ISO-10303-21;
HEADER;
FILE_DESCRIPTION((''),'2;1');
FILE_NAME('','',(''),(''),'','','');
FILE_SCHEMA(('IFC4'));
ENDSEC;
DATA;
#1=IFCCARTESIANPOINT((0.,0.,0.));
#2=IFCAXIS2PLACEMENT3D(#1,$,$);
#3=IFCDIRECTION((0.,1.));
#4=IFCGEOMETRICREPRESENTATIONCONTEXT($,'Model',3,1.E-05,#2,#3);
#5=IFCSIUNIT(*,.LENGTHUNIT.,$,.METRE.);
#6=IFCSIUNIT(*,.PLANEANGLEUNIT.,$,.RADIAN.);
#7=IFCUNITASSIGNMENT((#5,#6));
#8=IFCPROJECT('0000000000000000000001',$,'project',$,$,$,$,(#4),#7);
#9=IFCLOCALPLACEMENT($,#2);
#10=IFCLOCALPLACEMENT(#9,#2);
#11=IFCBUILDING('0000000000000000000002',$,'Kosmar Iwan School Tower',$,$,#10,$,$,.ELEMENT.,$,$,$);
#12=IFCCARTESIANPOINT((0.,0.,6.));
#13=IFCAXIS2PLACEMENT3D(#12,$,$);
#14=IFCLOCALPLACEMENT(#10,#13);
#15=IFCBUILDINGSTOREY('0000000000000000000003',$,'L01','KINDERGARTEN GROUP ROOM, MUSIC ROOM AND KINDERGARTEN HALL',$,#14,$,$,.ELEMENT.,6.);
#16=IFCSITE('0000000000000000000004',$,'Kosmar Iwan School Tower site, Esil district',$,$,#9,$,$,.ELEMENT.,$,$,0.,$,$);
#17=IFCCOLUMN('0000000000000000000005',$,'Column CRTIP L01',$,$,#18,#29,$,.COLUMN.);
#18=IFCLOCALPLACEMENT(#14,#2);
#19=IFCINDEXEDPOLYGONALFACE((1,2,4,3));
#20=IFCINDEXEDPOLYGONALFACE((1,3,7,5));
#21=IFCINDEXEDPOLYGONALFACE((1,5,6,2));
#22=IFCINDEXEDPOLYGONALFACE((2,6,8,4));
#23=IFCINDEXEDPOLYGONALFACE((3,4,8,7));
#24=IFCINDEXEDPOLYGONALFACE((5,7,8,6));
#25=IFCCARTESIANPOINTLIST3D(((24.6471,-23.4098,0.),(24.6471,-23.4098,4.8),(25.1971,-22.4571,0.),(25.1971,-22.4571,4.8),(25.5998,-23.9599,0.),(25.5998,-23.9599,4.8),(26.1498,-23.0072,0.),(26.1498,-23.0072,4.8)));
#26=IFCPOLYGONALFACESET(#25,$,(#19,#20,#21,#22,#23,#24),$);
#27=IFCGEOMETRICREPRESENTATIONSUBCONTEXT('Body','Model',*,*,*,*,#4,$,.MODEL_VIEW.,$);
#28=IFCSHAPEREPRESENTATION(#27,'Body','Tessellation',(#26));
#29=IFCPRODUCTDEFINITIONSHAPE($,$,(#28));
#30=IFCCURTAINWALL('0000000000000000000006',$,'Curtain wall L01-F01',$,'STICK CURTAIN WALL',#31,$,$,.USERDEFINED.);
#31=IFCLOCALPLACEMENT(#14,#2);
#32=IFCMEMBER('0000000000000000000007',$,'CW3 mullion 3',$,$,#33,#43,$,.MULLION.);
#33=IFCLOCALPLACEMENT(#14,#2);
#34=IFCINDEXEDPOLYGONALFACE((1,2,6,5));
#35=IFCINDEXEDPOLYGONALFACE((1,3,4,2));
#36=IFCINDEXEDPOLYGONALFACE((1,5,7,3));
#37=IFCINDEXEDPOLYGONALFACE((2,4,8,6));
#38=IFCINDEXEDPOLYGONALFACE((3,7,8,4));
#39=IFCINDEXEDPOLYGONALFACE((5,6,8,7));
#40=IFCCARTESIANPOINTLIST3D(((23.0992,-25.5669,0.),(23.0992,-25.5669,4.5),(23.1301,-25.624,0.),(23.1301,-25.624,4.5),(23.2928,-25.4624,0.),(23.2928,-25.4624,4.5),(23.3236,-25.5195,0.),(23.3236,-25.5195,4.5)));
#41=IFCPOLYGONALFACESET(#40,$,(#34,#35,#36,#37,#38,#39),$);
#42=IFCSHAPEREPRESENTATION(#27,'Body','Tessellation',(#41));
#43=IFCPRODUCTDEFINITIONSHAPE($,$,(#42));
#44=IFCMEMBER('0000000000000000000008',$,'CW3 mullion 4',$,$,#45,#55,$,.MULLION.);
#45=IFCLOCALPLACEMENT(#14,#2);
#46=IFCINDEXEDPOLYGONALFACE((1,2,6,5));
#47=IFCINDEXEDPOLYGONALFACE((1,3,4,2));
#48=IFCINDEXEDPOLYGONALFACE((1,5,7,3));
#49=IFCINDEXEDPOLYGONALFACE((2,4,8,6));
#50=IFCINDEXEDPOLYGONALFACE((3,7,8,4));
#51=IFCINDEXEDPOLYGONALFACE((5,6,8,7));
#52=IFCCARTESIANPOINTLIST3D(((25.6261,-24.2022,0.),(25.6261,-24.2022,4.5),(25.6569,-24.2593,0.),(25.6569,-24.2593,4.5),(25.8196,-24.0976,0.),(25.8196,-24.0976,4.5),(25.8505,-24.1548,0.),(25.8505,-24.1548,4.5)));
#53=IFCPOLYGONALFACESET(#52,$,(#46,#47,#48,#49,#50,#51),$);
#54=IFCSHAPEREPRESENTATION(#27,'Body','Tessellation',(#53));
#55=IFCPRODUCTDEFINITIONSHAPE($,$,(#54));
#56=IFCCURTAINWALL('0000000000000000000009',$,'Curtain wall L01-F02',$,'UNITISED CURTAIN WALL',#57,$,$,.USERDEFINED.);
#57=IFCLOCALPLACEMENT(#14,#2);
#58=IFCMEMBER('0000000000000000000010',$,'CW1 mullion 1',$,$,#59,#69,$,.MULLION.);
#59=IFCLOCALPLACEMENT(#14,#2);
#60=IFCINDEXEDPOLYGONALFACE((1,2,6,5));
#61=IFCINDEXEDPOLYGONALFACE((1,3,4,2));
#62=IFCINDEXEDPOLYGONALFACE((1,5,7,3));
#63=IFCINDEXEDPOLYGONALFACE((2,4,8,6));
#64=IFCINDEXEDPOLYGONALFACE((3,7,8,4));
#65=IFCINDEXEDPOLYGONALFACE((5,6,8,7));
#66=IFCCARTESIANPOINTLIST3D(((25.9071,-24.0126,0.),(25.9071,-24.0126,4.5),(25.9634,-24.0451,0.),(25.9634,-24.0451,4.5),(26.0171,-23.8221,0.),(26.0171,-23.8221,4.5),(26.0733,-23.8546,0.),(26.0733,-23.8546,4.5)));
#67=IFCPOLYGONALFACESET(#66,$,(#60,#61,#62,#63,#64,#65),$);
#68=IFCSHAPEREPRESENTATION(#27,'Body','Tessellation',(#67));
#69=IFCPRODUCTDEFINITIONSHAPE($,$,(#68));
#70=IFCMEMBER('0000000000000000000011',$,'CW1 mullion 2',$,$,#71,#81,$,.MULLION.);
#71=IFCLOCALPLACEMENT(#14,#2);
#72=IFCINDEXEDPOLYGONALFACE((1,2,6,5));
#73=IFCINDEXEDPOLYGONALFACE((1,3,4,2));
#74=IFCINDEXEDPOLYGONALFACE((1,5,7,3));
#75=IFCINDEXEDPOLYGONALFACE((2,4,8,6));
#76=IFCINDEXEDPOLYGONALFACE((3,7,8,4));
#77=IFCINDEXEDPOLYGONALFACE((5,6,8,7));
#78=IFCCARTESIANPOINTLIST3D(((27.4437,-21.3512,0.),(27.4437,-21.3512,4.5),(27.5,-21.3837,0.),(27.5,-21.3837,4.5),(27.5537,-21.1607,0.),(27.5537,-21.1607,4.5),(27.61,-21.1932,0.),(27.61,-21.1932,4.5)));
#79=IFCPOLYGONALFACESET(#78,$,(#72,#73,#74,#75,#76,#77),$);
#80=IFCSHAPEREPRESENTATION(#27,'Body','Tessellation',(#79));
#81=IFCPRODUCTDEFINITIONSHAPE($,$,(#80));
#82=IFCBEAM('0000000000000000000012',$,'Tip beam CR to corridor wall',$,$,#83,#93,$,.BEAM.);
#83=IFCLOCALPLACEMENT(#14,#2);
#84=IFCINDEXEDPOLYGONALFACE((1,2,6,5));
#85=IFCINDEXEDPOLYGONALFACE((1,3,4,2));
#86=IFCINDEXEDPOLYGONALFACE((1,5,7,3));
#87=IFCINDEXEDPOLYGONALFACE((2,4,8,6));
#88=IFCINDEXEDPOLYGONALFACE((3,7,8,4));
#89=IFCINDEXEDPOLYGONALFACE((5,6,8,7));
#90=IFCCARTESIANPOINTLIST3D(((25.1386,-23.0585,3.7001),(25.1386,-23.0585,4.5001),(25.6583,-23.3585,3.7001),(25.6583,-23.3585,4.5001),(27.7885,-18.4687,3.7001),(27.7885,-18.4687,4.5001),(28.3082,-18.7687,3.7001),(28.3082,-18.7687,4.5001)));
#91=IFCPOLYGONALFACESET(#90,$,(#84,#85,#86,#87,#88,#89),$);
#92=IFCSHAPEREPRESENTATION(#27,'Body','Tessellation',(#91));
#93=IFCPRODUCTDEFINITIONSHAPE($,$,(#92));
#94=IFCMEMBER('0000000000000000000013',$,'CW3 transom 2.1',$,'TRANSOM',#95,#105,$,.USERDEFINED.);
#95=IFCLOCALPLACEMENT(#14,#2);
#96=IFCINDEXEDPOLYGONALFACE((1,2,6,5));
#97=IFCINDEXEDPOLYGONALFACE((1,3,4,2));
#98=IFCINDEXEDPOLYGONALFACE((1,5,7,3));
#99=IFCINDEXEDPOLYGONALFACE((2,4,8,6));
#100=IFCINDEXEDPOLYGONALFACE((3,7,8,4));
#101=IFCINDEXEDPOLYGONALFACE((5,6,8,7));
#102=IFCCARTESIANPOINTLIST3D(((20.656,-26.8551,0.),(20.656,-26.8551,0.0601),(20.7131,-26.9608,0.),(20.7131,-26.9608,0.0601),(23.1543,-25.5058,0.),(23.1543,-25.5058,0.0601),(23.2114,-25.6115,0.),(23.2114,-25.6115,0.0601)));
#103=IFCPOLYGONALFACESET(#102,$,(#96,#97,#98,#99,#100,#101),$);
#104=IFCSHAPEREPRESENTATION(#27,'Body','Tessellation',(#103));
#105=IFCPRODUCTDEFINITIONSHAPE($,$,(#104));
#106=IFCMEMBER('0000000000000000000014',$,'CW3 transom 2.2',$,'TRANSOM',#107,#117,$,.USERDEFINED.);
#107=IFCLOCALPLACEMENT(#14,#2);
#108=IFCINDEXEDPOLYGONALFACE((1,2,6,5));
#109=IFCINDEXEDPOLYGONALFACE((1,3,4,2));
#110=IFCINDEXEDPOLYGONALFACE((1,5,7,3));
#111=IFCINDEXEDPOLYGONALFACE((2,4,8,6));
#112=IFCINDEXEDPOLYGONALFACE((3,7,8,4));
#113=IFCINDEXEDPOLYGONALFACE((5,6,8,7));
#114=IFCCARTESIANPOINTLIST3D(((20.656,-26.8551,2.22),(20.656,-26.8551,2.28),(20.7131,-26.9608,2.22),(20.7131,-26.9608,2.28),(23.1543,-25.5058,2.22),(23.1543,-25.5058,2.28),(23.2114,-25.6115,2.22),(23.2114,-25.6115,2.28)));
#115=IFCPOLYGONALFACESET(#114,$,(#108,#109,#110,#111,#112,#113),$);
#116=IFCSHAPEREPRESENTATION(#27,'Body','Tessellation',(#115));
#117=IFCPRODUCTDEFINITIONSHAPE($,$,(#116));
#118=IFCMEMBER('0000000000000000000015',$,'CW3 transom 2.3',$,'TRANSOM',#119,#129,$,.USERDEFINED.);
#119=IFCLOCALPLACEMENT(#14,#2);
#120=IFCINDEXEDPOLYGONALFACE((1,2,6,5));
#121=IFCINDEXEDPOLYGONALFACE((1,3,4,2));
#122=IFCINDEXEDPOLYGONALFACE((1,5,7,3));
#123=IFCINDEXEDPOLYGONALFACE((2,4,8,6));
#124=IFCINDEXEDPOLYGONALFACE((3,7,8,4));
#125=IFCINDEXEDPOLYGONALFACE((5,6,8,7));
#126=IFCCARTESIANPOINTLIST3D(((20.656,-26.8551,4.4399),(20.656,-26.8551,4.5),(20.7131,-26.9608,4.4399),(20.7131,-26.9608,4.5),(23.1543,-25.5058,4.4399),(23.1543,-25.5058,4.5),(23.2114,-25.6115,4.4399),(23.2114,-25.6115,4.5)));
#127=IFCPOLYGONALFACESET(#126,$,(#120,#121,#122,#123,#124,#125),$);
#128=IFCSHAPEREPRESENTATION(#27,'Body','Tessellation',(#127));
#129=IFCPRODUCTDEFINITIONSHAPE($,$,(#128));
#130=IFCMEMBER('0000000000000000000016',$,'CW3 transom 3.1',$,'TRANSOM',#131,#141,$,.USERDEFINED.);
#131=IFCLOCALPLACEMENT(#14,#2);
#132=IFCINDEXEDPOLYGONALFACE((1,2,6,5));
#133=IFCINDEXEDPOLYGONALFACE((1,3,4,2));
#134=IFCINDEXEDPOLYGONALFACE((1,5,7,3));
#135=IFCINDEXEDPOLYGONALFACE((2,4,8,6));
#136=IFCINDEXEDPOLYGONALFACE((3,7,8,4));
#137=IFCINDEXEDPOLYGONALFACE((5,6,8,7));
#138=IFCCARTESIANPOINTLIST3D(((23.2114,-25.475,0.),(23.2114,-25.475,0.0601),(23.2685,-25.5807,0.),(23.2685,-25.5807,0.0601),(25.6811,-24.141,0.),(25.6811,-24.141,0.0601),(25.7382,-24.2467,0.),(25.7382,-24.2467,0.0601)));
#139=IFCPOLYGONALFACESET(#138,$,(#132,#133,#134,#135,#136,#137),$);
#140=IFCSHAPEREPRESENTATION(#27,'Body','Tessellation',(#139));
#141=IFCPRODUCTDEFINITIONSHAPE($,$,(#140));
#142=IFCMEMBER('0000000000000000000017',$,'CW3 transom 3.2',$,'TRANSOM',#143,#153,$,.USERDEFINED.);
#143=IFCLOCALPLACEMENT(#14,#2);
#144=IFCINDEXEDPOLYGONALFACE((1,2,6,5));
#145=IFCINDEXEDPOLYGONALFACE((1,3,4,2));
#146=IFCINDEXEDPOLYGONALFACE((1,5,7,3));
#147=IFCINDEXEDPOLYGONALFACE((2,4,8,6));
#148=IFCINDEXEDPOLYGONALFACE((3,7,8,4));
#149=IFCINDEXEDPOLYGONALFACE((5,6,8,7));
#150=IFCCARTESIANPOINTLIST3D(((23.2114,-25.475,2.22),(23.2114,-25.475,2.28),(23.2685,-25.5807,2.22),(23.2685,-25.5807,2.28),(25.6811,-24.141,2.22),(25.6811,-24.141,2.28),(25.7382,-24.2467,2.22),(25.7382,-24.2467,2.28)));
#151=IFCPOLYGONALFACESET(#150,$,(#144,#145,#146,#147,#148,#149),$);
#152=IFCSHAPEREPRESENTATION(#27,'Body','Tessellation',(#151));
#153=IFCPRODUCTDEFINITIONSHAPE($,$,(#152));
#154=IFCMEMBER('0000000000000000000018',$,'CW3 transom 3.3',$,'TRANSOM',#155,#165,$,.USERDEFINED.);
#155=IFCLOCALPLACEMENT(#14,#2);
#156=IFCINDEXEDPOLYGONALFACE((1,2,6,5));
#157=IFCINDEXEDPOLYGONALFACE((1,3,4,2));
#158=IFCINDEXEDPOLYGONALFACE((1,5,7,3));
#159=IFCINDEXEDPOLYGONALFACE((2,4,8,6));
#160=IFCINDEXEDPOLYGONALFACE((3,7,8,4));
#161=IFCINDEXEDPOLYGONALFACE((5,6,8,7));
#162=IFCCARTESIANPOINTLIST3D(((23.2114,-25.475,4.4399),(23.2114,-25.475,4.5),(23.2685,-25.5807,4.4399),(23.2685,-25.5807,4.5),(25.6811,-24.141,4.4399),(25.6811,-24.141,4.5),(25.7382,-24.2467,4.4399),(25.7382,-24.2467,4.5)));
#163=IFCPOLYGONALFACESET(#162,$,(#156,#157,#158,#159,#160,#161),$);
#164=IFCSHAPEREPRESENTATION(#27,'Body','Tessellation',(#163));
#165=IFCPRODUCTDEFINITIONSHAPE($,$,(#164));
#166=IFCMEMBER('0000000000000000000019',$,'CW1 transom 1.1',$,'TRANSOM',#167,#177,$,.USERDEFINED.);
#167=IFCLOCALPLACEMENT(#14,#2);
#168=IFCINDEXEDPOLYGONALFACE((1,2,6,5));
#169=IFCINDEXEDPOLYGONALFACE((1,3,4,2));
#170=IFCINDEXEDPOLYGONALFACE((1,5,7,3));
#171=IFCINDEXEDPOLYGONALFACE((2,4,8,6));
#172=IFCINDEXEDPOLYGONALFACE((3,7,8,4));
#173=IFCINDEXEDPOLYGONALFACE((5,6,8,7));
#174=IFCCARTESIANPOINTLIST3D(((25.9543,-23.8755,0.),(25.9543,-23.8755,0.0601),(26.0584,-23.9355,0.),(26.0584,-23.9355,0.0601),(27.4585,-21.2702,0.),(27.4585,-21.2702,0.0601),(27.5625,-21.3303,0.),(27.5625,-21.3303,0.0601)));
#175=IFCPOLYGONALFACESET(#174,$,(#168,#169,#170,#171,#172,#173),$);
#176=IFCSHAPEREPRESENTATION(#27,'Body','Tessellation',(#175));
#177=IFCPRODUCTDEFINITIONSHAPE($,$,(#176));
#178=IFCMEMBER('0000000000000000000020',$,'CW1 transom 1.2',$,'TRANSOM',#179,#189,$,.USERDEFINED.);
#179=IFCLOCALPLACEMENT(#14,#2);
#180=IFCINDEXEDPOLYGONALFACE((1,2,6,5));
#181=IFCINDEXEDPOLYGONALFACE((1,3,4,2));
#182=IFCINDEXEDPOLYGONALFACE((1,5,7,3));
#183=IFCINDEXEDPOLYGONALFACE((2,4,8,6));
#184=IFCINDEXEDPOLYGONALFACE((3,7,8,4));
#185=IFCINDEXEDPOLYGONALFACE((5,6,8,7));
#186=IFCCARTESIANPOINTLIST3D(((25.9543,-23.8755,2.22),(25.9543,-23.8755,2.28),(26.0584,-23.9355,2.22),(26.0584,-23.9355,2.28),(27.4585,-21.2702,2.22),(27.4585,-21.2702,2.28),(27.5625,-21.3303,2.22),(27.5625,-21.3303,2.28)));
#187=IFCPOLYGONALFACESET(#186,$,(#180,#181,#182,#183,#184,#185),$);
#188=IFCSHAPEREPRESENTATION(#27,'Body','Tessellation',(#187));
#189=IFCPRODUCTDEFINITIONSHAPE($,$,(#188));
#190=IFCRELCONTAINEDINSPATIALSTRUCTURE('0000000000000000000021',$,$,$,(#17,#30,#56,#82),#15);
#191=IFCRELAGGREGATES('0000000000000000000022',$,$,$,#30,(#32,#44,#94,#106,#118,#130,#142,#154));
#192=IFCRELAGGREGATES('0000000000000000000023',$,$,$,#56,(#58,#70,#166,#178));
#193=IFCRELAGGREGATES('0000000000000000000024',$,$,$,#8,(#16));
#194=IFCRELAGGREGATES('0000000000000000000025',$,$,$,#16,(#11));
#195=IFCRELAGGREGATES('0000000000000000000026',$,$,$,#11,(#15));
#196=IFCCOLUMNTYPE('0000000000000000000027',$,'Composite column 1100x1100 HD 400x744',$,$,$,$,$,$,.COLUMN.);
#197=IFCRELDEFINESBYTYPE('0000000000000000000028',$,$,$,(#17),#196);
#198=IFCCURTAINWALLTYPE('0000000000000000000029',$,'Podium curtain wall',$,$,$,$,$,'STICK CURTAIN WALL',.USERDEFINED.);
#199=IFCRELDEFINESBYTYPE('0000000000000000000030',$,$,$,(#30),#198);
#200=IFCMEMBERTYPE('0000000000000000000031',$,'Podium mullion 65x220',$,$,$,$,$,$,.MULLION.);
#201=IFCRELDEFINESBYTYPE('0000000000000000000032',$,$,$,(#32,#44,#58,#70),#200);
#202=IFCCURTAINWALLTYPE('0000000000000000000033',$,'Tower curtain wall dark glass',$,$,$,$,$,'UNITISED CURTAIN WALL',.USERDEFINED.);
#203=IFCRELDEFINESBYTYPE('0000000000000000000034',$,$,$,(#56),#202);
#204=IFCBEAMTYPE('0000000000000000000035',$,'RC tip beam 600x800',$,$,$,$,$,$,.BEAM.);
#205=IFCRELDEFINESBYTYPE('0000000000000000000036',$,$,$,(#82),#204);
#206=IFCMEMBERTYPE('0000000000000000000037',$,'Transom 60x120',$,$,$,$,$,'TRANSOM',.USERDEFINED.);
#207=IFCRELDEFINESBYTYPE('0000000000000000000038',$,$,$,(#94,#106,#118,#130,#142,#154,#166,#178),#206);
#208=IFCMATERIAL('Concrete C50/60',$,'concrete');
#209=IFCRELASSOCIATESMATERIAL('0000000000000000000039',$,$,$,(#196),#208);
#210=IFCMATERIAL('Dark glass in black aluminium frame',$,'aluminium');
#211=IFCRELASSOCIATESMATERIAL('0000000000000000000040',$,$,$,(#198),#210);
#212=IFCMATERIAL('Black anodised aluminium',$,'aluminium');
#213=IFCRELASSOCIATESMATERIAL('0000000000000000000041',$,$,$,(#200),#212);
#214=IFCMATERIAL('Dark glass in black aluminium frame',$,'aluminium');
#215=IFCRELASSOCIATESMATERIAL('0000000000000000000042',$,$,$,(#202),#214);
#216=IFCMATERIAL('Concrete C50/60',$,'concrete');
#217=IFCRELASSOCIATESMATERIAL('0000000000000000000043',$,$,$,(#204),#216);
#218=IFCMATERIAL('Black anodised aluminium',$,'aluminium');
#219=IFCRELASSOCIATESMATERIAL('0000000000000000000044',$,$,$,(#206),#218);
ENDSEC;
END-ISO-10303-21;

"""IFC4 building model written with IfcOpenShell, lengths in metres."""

from ifc_helpers import new_model, si_unit, direction, frame, origin, origin_2d, place, context, subcontext, project, spatial, rectangle, extrude, material, material_profile, profile_set, type_object, element, aggregate, save


model = new_model("IFC4")

# Units and contexts
model_context = context("Model", 3, precision=1e-05, world=origin(), true_north=direction((0.0, 1.0)))
body_context = subcontext(model_context, "Body", "Model", "MODEL_VIEW")
ifc_project = project(units=[si_unit("LENGTHUNIT", "METRE"), si_unit("PLANEANGLEUNIT", "RADIAN")], contexts=[model_context])

# Site, building, storey
site_placement = place(None, origin())
site = spatial("IfcSite", under=ifc_project, at=site_placement, Name="Kosmar Iwan School Tower site, Esil district", CompositionType="ELEMENT", RefElevation=0.0)
building_placement = place(site_placement, origin())
building = spatial("IfcBuilding", under=site, at=building_placement, Name="Kosmar Iwan School Tower", CompositionType="ELEMENT")
storey_placement = place(building_placement, frame((0.0, 0.0, 6.0)))
storey = spatial("IfcBuildingStorey", under=building, at=storey_placement, Name="L01", Description="KINDERGARTEN GROUP ROOM, MUSIC ROOM AND KINDERGARTEN HALL", CompositionType="ELEMENT", Elevation=6.0)

# Column
ifc_material_1 = material(Name="Concrete C50/60", Category="concrete")
ifc_material_profile_1 = material_profile(ifc_material_1, rectangle(XDim=1.1001, YDim=1.1001, at=origin_2d()), Name="RC 1100x1100 + HD 400x744")
ifc_profile_set_1 = profile_set([ifc_material_profile_1], Name="Concrete C50/60")
column_type = type_object("IfcColumnType", Name="Composite column 1100x1100 HD 400x744", PredefinedType="COLUMN", material=ifc_profile_set_1)
column_placement = place(storey_placement, frame((25.3984, -23.2085, 0.0), z_axis=(0.0, 0.0, 1.0), x_axis=(0.866025, -0.5, 0.0)))
element("IfcColumn", 1, at=column_placement, inside=storey, type_object=column_type, Name="Column CRTIP L01", PredefinedType="COLUMN", context=body_context, shape_type="SweptSolid", body=[
    extrude(rectangle(XDim=1.1001, YDim=1.1001, at=origin_2d()), origin(), (0.0, 0.0, 1.0), 4.8),
])

# Curtain walls, members
ifc_material_2 = material(Name="Dark glass in black aluminium frame", Category="aluminium")
curtain_wall_type_1 = type_object("IfcCurtainWallType", Name="Podium curtain wall", ElementType="STICK CURTAIN WALL", PredefinedType="USERDEFINED", material=ifc_material_2)
curtain_wall_1_placement = place(storey_placement, origin())
curtain_wall_1 = element("IfcCurtainWall", 2, at=curtain_wall_1_placement, inside=storey, type_object=curtain_wall_type_1, Name="Curtain wall L01-F01", ObjectType="STICK CURTAIN WALL", PredefinedType="USERDEFINED")
ifc_material_3 = material(Name="Black anodised aluminium", Category="aluminium")
ifc_material_profile_2 = material_profile(ifc_material_3, rectangle(XDim=0.0649, YDim=0.22, at=origin_2d()), Name="MULLION 65x220")
ifc_profile_set_2 = profile_set([ifc_material_profile_2], Name="Black anodised aluminium")
member_type_1 = type_object("IfcMemberType", Name="Podium mullion 65x220", PredefinedType="MULLION", material=ifc_profile_set_2)
member_1_placement = place(storey_placement, frame((23.2114, -25.5432, 0.0), z_axis=(0.0, 0.0, 1.0), x_axis=(-0.475215, 0.879869, 0.0)))
member_1 = element("IfcMember", 3, at=member_1_placement, type_object=member_type_1, Name="CW3 mullion 3", PredefinedType="MULLION", context=body_context, shape_type="SweptSolid", body=[
    extrude(rectangle(XDim=0.0649, YDim=0.22, at=origin_2d()), origin(), (0.0, 0.0, 1.0), 4.5),
])
member_2_placement = place(storey_placement, frame((25.7383, -24.1785, 0.0), z_axis=(0.0, 0.0, 1.0), x_axis=(-0.475215, 0.879869, 0.0)))
member_2 = element("IfcMember", 4, at=member_2_placement, type_object=member_type_1, Name="CW3 mullion 4", PredefinedType="MULLION", context=body_context, shape_type="SweptSolid", body=[
    extrude(rectangle(XDim=0.0649, YDim=0.22, at=origin_2d()), origin(), (0.0, 0.0, 1.0), 4.5),
])
ifc_material_4 = material(Name="Dark glass in black aluminium frame", Category="aluminium")
curtain_wall_type_2 = type_object("IfcCurtainWallType", Name="Tower curtain wall dark glass", ElementType="UNITISED CURTAIN WALL", PredefinedType="USERDEFINED", material=ifc_material_4)
curtain_wall_2_placement = place(storey_placement, origin())
curtain_wall_2 = element("IfcCurtainWall", 5, at=curtain_wall_2_placement, inside=storey, type_object=curtain_wall_type_2, Name="Curtain wall L01-F02", ObjectType="UNITISED CURTAIN WALL", PredefinedType="USERDEFINED")
member_3_placement = place(storey_placement, frame((25.9902, -23.9336, 0.0), z_axis=(0.0, 0.0, 1.0), x_axis=(-0.866025, 0.5, 0.0)))
member_3 = element("IfcMember", 6, at=member_3_placement, type_object=member_type_1, Name="CW1 mullion 1", PredefinedType="MULLION", context=body_context, shape_type="SweptSolid", body=[
    extrude(rectangle(XDim=0.0649, YDim=0.22, at=origin_2d()), origin(), (0.0, 0.0, 1.0), 4.5),
])
member_4_placement = place(storey_placement, frame((27.5269, -21.2722, 0.0), z_axis=(0.0, 0.0, 1.0), x_axis=(-0.866025, 0.5, 0.0)))
member_4 = element("IfcMember", 7, at=member_4_placement, type_object=member_type_1, Name="CW1 mullion 2", PredefinedType="MULLION", context=body_context, shape_type="SweptSolid", body=[
    extrude(rectangle(XDim=0.0649, YDim=0.22, at=origin_2d()), origin(), (0.0, 0.0, 1.0), 4.5),
])

# Beam
ifc_material_5 = material(Name="Concrete C50/60", Category="concrete")
ifc_material_profile_3 = material_profile(ifc_material_5, rectangle(XDim=0.6001, YDim=0.8, at=origin_2d()), Name="RC 600x800")
ifc_profile_set_3 = profile_set([ifc_material_profile_3], Name="Concrete C50/60")
beam_type = type_object("IfcBeamType", Name="RC tip beam 600x800", PredefinedType="BEAM", material=ifc_profile_set_3)
beam_placement = place(storey_placement, frame((25.3984, -23.2085, 4.1001), z_axis=(0.499994, 0.866029, 0.0), x_axis=(-0.866029, 0.499994, 0.0)))
element("IfcBeam", 8, at=beam_placement, inside=storey, type_object=beam_type, Name="Tip beam CR to corridor wall", PredefinedType="BEAM", context=body_context, shape_type="SweptSolid", body=[
    extrude(rectangle(XDim=0.6001, YDim=0.8, at=origin_2d()), origin(), (0.0, 0.0, 1.0), 5.2998),
])

# Members
ifc_material_6 = material(Name="Black anodised aluminium", Category="aluminium")
ifc_material_profile_4 = material_profile(ifc_material_6, rectangle(XDim=0.1201, YDim=0.0601, at=origin_2d()), Name="TRANSOM 60x120")
ifc_profile_set_4 = profile_set([ifc_material_profile_4], Name="Black anodised aluminium")
member_type_2 = type_object("IfcMemberType", Name="Transom 60x120", ElementType="TRANSOM", PredefinedType="USERDEFINED", material=ifc_profile_set_4)
member_5_placement = place(storey_placement, frame((20.6846, -26.908, 0.03), z_axis=(0.879863, 0.475227, 0.0), x_axis=(-0.475227, 0.879863, 0.0)))
member_5 = element("IfcMember", 9, at=member_5_placement, type_object=member_type_2, Name="CW3 transom 2.1", ObjectType="TRANSOM", PredefinedType="USERDEFINED", context=body_context, shape_type="SweptSolid", body=[
    extrude(rectangle(XDim=0.1201, YDim=0.0601, at=origin_2d()), origin(), (0.0, 0.0, 1.0), 2.8394),
])
member_6_placement = place(storey_placement, frame((20.6846, -26.908, 2.25), z_axis=(0.879863, 0.475227, 0.0), x_axis=(-0.475227, 0.879863, 0.0)))
member_6 = element("IfcMember", 10, at=member_6_placement, type_object=member_type_2, Name="CW3 transom 2.2", ObjectType="TRANSOM", PredefinedType="USERDEFINED", context=body_context, shape_type="SweptSolid", body=[
    extrude(rectangle(XDim=0.1201, YDim=0.0601, at=origin_2d()), origin(), (0.0, 0.0, 1.0), 2.8394),
])
member_7_placement = place(storey_placement, frame((20.6846, -26.908, 4.47), z_axis=(0.879863, 0.475227, 0.0), x_axis=(-0.475227, 0.879863, 0.0)))
member_7 = element("IfcMember", 11, at=member_7_placement, type_object=member_type_2, Name="CW3 transom 2.3", ObjectType="TRANSOM", PredefinedType="USERDEFINED", context=body_context, shape_type="SweptSolid", body=[
    extrude(rectangle(XDim=0.1201, YDim=0.0601, at=origin_2d()), origin(), (0.0, 0.0, 1.0), 2.8394),
])
member_8_placement = place(storey_placement, frame((23.24, -25.5278, 0.03), z_axis=(0.879856, 0.47524, 0.0), x_axis=(-0.47524, 0.879856, 0.0)))
member_8 = element("IfcMember", 12, at=member_8_placement, type_object=member_type_2, Name="CW3 transom 3.1", ObjectType="TRANSOM", PredefinedType="USERDEFINED", context=body_context, shape_type="SweptSolid", body=[
    extrude(rectangle(XDim=0.1201, YDim=0.0601, at=origin_2d()), origin(), (0.0, 0.0, 1.0), 2.8069),
])
member_9_placement = place(storey_placement, frame((23.24, -25.5278, 2.25), z_axis=(0.879856, 0.47524, 0.0), x_axis=(-0.47524, 0.879856, 0.0)))
member_9 = element("IfcMember", 13, at=member_9_placement, type_object=member_type_2, Name="CW3 transom 3.2", ObjectType="TRANSOM", PredefinedType="USERDEFINED", context=body_context, shape_type="SweptSolid", body=[
    extrude(rectangle(XDim=0.1201, YDim=0.0601, at=origin_2d()), origin(), (0.0, 0.0, 1.0), 2.8069),
])
member_10_placement = place(storey_placement, frame((23.24, -25.5278, 4.47), z_axis=(0.879856, 0.47524, 0.0), x_axis=(-0.47524, 0.879856, 0.0)))
member_10 = element("IfcMember", 14, at=member_10_placement, type_object=member_type_2, Name="CW3 transom 3.3", ObjectType="TRANSOM", PredefinedType="USERDEFINED", context=body_context, shape_type="SweptSolid", body=[
    extrude(rectangle(XDim=0.1201, YDim=0.0601, at=origin_2d()), origin(), (0.0, 0.0, 1.0), 2.8069),
])
member_11_placement = place(storey_placement, frame((26.0063, -23.9055, 0.03), z_axis=(0.500006, 0.866022, 0.0), x_axis=(-0.866022, 0.500006, 0.0)))
member_11 = element("IfcMember", 15, at=member_11_placement, type_object=member_type_2, Name="CW1 transom 1.1", ObjectType="TRANSOM", PredefinedType="USERDEFINED", context=body_context, shape_type="SweptSolid", body=[
    extrude(rectangle(XDim=0.1201, YDim=0.0601, at=origin_2d()), origin(), (0.0, 0.0, 1.0), 3.0083),
])
member_12_placement = place(storey_placement, frame((26.0063, -23.9055, 2.25), z_axis=(0.500006, 0.866022, 0.0), x_axis=(-0.866022, 0.500006, 0.0)))
member_12 = element("IfcMember", 16, at=member_12_placement, type_object=member_type_2, Name="CW1 transom 1.2", ObjectType="TRANSOM", PredefinedType="USERDEFINED", context=body_context, shape_type="SweptSolid", body=[
    extrude(rectangle(XDim=0.1201, YDim=0.0601, at=origin_2d()), origin(), (0.0, 0.0, 1.0), 3.0083),
])

aggregate(curtain_wall_1, [member_1, member_2, member_5, member_6, member_7, member_8, member_9, member_10])
aggregate(curtain_wall_2, [member_3, member_4, member_11, member_12])

save(model, "model.ifc")
